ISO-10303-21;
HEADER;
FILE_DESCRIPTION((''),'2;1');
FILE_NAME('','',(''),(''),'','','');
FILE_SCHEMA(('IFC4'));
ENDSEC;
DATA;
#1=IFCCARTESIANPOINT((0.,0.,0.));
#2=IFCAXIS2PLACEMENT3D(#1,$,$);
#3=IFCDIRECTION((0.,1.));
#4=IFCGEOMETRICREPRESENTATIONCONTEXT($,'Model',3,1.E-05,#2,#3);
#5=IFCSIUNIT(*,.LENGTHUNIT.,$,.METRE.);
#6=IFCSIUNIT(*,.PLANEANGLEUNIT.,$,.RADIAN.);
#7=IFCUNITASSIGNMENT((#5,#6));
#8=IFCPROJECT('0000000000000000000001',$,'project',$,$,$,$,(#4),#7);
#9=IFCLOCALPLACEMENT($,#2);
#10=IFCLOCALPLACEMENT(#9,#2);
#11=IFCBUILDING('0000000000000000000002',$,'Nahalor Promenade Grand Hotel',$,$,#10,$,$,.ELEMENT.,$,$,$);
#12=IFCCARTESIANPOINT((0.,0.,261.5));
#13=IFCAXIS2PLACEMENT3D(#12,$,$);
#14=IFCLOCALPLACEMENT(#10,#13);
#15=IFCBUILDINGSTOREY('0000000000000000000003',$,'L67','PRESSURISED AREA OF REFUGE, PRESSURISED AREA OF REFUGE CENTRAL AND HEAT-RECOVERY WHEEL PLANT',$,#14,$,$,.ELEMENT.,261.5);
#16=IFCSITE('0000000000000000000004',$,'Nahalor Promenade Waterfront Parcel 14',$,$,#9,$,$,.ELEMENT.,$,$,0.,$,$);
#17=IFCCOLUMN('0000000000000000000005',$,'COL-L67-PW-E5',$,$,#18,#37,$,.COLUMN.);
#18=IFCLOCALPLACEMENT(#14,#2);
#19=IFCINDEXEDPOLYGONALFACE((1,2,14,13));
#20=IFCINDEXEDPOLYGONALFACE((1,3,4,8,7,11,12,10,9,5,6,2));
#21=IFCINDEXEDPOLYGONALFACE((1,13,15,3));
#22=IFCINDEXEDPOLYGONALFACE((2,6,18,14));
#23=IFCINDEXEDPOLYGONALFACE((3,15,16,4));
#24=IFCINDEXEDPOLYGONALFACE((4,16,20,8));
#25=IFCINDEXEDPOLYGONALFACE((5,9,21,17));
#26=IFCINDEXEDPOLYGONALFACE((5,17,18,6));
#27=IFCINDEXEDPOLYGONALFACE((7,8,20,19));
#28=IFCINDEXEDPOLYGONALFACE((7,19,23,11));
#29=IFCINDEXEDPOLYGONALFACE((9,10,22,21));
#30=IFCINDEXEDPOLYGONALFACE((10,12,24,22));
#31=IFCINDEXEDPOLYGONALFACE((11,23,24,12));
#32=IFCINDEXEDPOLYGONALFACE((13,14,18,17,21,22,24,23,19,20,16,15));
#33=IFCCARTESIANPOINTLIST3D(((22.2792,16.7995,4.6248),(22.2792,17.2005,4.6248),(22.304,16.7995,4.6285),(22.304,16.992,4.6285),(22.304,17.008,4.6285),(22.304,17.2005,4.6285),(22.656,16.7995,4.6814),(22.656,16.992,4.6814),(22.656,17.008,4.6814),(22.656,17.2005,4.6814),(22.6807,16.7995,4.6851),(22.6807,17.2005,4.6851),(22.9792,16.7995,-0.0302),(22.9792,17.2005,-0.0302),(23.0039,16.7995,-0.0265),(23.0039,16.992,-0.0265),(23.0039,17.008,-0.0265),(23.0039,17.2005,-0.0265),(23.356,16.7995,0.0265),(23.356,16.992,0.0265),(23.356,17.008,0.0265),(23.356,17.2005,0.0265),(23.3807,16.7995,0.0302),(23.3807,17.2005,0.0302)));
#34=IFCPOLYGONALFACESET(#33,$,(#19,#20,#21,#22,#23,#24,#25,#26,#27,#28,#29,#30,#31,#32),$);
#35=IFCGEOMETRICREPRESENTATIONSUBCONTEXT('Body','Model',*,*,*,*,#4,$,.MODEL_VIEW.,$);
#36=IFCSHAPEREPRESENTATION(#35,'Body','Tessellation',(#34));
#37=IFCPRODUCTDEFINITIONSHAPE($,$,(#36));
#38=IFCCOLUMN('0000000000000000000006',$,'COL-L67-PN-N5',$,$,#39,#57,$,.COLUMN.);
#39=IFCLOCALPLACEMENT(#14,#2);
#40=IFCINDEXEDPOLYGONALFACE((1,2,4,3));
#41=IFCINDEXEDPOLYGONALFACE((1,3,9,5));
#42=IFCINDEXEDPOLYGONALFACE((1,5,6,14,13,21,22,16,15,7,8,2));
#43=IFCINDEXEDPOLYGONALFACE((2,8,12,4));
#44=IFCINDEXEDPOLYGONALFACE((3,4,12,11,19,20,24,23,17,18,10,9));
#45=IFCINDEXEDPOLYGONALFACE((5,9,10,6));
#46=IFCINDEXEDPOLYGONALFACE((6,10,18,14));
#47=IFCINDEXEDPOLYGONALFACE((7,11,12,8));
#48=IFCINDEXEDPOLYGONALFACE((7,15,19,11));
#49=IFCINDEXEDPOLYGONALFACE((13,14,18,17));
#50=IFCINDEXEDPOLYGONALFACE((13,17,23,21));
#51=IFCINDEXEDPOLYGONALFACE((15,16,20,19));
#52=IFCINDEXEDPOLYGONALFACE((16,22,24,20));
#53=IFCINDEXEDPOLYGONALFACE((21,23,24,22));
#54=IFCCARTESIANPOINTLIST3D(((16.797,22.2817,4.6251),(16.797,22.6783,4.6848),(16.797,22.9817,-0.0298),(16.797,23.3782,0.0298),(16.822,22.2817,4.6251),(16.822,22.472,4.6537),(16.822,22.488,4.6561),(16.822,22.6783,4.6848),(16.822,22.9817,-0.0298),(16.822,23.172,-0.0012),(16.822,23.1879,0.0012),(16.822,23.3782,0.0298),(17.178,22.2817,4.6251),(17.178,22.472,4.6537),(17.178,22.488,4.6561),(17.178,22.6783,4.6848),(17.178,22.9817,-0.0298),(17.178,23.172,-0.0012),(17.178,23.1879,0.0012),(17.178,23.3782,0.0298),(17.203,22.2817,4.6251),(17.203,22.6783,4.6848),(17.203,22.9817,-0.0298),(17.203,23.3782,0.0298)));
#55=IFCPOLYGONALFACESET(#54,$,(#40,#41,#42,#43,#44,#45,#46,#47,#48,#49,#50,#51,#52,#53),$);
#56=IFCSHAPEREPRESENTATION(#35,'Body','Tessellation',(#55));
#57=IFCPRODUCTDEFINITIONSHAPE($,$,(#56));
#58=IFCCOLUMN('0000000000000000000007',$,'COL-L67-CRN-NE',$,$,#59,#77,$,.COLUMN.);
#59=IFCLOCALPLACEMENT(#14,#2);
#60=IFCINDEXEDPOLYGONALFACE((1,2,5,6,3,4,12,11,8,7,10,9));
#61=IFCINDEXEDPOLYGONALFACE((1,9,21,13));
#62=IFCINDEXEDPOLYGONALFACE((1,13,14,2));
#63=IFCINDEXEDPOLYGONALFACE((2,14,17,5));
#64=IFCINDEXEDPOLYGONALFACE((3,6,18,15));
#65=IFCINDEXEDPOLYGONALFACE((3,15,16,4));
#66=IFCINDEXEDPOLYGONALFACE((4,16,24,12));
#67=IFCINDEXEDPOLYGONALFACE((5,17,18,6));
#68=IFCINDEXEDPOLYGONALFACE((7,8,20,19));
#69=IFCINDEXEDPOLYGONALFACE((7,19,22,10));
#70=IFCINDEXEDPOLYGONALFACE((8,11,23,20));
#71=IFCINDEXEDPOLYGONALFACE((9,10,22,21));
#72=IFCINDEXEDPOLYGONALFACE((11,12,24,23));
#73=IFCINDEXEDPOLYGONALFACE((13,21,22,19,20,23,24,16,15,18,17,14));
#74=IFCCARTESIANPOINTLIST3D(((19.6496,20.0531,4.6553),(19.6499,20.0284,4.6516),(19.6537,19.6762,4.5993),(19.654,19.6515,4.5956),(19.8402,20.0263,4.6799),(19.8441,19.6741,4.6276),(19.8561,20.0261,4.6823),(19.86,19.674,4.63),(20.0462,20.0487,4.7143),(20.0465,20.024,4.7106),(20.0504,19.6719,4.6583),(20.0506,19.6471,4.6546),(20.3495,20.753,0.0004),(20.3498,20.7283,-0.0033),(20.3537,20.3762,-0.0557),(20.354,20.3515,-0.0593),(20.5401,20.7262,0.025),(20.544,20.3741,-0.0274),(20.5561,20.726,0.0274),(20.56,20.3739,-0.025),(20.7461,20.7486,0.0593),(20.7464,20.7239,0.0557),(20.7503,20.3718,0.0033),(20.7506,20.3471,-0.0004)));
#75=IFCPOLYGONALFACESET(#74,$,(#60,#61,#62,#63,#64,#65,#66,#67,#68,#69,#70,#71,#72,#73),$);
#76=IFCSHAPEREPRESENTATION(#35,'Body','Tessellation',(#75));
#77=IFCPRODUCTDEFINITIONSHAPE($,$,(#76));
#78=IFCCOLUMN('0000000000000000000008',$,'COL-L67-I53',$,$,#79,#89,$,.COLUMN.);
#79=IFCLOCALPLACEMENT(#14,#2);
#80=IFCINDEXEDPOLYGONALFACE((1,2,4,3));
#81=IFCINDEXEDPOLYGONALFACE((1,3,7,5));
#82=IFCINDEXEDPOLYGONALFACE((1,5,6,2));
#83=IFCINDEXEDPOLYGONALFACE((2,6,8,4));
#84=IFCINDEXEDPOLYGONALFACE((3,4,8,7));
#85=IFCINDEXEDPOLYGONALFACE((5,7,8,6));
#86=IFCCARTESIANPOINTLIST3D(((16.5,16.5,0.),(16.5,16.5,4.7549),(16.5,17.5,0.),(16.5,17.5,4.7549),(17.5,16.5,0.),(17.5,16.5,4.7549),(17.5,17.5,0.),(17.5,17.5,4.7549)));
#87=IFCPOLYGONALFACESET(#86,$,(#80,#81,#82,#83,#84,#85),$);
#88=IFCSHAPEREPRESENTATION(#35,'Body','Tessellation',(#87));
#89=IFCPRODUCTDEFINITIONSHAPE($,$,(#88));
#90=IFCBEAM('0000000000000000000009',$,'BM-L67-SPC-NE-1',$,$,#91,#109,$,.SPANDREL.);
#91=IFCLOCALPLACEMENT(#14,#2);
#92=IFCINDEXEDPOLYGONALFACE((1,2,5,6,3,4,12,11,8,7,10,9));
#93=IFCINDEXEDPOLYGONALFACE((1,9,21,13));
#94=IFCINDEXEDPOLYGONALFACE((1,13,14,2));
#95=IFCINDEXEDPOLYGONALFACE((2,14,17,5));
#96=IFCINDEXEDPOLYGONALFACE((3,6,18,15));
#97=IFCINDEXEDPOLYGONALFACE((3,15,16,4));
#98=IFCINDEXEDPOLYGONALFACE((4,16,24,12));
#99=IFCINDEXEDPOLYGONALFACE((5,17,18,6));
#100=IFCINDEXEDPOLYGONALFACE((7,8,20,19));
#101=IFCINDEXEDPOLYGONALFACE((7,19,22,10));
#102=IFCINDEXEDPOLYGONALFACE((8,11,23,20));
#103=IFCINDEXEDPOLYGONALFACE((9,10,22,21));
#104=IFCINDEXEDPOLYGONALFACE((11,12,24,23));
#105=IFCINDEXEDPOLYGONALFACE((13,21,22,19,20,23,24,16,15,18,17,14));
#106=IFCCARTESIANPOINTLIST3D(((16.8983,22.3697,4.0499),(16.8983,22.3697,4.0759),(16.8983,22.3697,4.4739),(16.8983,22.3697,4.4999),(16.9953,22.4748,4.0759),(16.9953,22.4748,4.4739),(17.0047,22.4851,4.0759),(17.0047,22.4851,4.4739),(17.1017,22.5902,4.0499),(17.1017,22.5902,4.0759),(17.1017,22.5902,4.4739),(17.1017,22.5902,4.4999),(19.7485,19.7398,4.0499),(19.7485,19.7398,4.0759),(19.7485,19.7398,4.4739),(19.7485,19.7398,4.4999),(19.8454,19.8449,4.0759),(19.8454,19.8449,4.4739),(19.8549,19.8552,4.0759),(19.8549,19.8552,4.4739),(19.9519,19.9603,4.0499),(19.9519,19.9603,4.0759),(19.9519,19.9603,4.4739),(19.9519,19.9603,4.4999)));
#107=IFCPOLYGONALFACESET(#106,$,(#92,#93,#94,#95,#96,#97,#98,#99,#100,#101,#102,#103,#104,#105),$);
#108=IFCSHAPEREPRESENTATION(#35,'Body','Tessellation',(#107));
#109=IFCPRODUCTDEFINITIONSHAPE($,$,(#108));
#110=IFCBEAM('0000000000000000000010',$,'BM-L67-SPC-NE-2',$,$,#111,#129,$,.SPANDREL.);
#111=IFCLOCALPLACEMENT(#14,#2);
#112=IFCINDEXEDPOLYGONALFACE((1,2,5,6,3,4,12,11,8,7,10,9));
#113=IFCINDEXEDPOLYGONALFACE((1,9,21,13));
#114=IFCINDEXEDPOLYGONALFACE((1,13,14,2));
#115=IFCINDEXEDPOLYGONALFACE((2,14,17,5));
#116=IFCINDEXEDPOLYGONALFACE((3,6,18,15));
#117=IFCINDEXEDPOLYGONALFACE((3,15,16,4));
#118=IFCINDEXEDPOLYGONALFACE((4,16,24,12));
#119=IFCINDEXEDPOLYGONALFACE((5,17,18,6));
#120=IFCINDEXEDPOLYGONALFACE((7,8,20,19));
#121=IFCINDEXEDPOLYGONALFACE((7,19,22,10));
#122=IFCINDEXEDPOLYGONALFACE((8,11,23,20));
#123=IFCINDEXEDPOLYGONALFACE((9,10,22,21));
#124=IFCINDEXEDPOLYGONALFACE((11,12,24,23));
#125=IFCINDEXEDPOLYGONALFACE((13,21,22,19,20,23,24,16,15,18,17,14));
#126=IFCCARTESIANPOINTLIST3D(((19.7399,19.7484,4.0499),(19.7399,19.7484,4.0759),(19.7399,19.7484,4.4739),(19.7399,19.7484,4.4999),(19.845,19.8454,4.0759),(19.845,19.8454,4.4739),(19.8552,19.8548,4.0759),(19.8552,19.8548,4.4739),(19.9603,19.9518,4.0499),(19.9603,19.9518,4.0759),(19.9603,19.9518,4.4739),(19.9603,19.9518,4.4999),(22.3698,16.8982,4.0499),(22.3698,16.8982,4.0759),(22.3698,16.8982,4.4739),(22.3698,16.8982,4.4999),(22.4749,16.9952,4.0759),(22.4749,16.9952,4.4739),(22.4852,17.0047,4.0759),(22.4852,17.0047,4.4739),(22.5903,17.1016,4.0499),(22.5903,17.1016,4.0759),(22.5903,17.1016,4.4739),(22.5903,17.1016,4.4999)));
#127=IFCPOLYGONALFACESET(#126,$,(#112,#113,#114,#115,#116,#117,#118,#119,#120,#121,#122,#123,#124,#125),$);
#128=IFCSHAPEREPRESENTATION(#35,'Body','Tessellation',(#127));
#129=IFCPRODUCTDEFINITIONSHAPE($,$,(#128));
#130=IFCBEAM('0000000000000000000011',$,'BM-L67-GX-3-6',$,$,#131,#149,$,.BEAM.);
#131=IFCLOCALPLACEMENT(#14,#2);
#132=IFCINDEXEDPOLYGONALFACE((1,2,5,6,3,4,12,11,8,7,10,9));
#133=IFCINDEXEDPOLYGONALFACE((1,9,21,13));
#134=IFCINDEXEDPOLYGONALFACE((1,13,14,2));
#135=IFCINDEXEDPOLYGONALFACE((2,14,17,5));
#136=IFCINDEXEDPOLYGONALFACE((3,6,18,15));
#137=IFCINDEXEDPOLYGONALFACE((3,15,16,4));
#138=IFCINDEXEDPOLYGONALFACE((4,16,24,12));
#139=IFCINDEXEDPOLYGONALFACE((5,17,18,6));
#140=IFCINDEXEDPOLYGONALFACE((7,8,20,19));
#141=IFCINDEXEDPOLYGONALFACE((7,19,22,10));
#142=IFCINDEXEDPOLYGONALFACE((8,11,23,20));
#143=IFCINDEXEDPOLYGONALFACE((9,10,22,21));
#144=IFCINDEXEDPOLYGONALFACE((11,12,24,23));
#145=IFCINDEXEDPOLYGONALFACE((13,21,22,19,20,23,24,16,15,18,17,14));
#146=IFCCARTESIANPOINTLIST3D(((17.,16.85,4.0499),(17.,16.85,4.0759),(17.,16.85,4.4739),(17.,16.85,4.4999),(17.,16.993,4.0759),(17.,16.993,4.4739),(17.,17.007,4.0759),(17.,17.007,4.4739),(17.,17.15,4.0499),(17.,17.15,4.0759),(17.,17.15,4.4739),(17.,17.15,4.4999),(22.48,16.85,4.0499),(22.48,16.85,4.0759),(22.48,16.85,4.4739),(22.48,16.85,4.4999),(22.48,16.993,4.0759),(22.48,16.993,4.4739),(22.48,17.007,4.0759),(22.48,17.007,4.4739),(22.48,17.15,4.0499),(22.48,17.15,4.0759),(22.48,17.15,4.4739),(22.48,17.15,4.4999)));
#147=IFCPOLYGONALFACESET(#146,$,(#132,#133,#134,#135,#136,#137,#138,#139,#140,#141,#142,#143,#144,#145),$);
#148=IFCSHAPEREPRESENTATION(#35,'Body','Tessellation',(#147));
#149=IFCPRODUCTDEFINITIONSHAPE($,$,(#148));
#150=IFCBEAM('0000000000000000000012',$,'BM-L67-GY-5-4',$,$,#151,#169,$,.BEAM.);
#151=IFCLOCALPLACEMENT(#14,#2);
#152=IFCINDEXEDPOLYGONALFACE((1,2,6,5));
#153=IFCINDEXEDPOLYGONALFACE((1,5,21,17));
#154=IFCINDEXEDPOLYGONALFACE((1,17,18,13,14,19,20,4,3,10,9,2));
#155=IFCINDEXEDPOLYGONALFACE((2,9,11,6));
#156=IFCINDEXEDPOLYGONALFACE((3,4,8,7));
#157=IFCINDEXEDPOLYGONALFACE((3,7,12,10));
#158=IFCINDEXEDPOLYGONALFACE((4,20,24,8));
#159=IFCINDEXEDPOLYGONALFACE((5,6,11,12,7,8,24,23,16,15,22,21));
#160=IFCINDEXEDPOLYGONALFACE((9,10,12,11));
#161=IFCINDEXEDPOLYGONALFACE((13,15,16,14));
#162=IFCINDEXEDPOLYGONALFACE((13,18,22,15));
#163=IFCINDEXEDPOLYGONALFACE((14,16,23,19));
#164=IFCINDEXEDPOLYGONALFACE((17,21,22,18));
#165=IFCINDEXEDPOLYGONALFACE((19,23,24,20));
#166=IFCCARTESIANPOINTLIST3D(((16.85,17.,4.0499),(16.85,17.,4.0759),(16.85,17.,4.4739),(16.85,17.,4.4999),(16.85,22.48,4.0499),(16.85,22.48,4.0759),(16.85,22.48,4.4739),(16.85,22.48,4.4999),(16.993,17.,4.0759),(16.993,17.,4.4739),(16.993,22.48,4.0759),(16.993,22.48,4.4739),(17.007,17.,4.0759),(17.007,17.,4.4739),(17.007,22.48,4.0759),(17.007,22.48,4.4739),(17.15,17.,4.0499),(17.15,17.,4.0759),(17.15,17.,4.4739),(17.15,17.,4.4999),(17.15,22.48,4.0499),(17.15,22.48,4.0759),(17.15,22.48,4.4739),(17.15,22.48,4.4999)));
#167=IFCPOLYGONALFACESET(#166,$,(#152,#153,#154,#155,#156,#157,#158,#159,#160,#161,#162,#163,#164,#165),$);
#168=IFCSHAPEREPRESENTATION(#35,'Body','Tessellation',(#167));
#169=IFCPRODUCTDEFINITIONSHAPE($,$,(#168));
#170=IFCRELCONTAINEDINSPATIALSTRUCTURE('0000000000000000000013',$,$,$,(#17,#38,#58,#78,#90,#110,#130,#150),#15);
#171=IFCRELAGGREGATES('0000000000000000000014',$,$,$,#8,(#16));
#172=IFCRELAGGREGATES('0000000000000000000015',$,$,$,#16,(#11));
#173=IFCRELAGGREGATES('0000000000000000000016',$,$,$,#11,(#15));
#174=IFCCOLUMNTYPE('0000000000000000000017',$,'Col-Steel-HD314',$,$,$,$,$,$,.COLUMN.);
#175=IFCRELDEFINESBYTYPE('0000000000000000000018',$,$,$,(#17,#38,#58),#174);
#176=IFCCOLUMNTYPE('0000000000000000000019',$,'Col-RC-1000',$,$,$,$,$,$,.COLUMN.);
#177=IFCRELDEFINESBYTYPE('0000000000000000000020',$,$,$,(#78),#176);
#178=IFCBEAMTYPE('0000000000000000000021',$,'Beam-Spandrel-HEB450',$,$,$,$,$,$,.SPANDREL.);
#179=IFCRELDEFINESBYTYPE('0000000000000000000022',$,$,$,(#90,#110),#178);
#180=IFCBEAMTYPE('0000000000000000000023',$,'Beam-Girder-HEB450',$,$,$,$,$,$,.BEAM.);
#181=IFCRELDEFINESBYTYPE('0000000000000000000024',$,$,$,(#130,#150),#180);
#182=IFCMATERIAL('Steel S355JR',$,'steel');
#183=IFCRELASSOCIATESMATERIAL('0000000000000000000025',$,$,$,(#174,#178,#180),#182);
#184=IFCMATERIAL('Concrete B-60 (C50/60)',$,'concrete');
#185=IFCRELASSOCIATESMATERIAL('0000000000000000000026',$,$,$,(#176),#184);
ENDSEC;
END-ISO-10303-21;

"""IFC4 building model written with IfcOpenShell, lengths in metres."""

from ifc_helpers import new_model, si_unit, direction, frame, origin, origin_2d, place, context, subcontext, project, spatial, rectangle, i_section, extrude, source, transform, mapped, material, material_profile, profile_set, type_object, element, save


model = new_model("IFC4")

# Units and contexts
model_context = context("Model", 3, precision=1e-05, world=origin(), true_north=direction((0.0, 1.0)))
body_context = subcontext(model_context, "Body", "Model", "MODEL_VIEW")
ifc_project = project(units=[si_unit("LENGTHUNIT", "METRE"), si_unit("PLANEANGLEUNIT", "RADIAN")], contexts=[model_context])

# Site, building, storey
site_placement = place(None, origin())
site = spatial("IfcSite", under=ifc_project, at=site_placement, Name="Nahalor Promenade Waterfront Parcel 14", CompositionType="ELEMENT", RefElevation=0.0)
building_placement = place(site_placement, origin())
building = spatial("IfcBuilding", under=site, at=building_placement, Name="Nahalor Promenade Grand Hotel", CompositionType="ELEMENT")
storey_placement = place(building_placement, frame((0.0, 0.0, 261.5)))
storey = spatial("IfcBuildingStorey", under=building, at=storey_placement, Name="L67", Description="PRESSURISED AREA OF REFUGE, PRESSURISED AREA OF REFUGE CENTRAL AND HEAT-RECOVERY WHEEL PLANT", CompositionType="ELEMENT", Elevation=261.5)

# Columns
ifc_material_1 = material(Name="Steel S355JR", Category="steel")
ifc_material_profile_1 = material_profile(ifc_material_1, i_section(OverallWidth=0.401, OverallDepth=0.406, WebThickness=0.0161, FlangeThickness=0.025, at=origin_2d()), Name="HD 400x314")
ifc_profile_set_1 = profile_set([ifc_material_profile_1], Name="Steel S355JR")
column_type_1 = type_object("IfcColumnType", Name="Col-Steel-HD314", PredefinedType="COLUMN", material=ifc_profile_set_1)
shared_shape_1 = source(origin(), body_context, "Body", "SweptSolid", [
    extrude(i_section(OverallWidth=0.401, OverallDepth=0.406, WebThickness=0.0161, FlangeThickness=0.025, at=origin_2d()), origin(), (0.0, 0.0, 1.0), 4.7073),
])
for number, where, z_axis, x_axis, name in (
    (1, (23.1799, 17.0, 0.0), (-0.148693, 0.0, 0.988883), (0.0, -1.0, 0.0), "COL-L67-PW-E5"),
    (2, (17.0, 23.1799, 0.0), (0.0, -0.148693, 0.988883), (0.0, 0.988883, 0.148693), "COL-L67-PN-N5"),
):
    element("IfcColumn", number, at=place(storey_placement, frame(where, z_axis=z_axis, x_axis=x_axis)), inside=storey, type_object=column_type_1, Name=name, PredefinedType="COLUMN", context=body_context, shape_type="MappedRepresentation", body=[
        mapped(shared_shape_1, transform((0.0, 0.0, 0.0), scale=1.0)),
    ])
shared_shape_2 = source(origin(), body_context, "Body", "SweptSolid", [
    extrude(i_section(OverallWidth=0.401, OverallDepth=0.406, WebThickness=0.0161, FlangeThickness=0.025, at=origin_2d()), origin(), (0.0, 0.0, 1.0), 4.759),
])
column_1_placement = place(storey_placement, frame((20.55, 20.55, 0.0), z_axis=(-0.147076, -0.147076, 0.97813), x_axis=(0.989065, -0.010935, 0.147076)))
element("IfcColumn", 3, at=column_1_placement, inside=storey, type_object=column_type_1, Name="COL-L67-CRN-NE", PredefinedType="COLUMN", context=body_context, shape_type="MappedRepresentation", body=[
    mapped(shared_shape_2, transform((0.0, 0.0, 0.0), scale=1.0)),
])
ifc_material_2 = material(Name="Concrete B-60 (C50/60)", Category="concrete")
ifc_material_profile_2 = material_profile(ifc_material_2, rectangle(XDim=1.0, YDim=1.0, at=origin_2d()), Name="RC 1000x1000")
ifc_profile_set_2 = profile_set([ifc_material_profile_2], Name="Concrete B-60 (C50/60)")
column_type_2 = type_object("IfcColumnType", Name="Col-RC-1000", PredefinedType="COLUMN", material=ifc_profile_set_2)
shared_shape_3 = source(origin(), body_context, "Body", "SweptSolid", [
    extrude(rectangle(XDim=1.0, YDim=1.0, at=origin_2d()), origin(), (0.0, 0.0, 1.0), 4.7549),
])
column_2_placement = place(storey_placement, frame((17.0, 17.0, 0.0), z_axis=(0.0, 0.0, 1.0), x_axis=(1.0, 0.0, 0.0)))
element("IfcColumn", 4, at=column_2_placement, inside=storey, type_object=column_type_2, Name="COL-L67-I53", PredefinedType="COLUMN", context=body_context, shape_type="MappedRepresentation", body=[
    mapped(shared_shape_3, transform((0.0, 0.0, 0.0), scale=1.0)),
])

# Beams
ifc_material_profile_3 = material_profile(ifc_material_1, i_section(OverallWidth=0.3, OverallDepth=0.45, WebThickness=0.014, FlangeThickness=0.026, at=origin_2d()), Name="HEB 450")
ifc_profile_set_3 = profile_set([ifc_material_profile_3], Name="Steel S355JR")
beam_type_1 = type_object("IfcBeamType", Name="Beam-Spandrel-HEB450", PredefinedType="SPANDREL", material=ifc_profile_set_3)
shared_shape_4 = source(origin(), body_context, "Body", "SweptSolid", [
    extrude(i_section(OverallWidth=0.3, OverallDepth=0.45, WebThickness=0.014, FlangeThickness=0.026, at=origin_2d()), origin(), (0.0, 0.0, 1.0), 3.8782),
])
for number, where, z_axis, x_axis, name in (
    (5, (17.0, 22.48, 4.2749), (0.734929, -0.678144, 0.0), (0.678144, 0.734929, 0.0), "BM-L67-SPC-NE-1"),
    (6, (19.8501, 19.8501, 4.2749), (0.678144, -0.734929, 0.0), (0.734929, 0.678144, 0.0), "BM-L67-SPC-NE-2"),
):
    element("IfcBeam", number, at=place(storey_placement, frame(where, z_axis=z_axis, x_axis=x_axis)), inside=storey, type_object=beam_type_1, Name=name, PredefinedType="SPANDREL", context=body_context, shape_type="MappedRepresentation", body=[
        mapped(shared_shape_4, transform((0.0, 0.0, 0.0), scale=1.0)),
    ])
ifc_material_profile_4 = material_profile(ifc_material_1, i_section(OverallWidth=0.3, OverallDepth=0.45, WebThickness=0.014, FlangeThickness=0.026, at=origin_2d()), Name="HEB 450")
ifc_profile_set_4 = profile_set([ifc_material_profile_4], Name="Steel S355JR")
beam_type_2 = type_object("IfcBeamType", Name="Beam-Girder-HEB450", PredefinedType="BEAM", material=ifc_profile_set_4)
shared_shape_5 = source(origin(), body_context, "Body", "SweptSolid", [
    extrude(i_section(OverallWidth=0.3, OverallDepth=0.45, WebThickness=0.014, FlangeThickness=0.026, at=origin_2d()), origin(), (0.0, 0.0, 1.0), 5.48),
])
for number, where, z_axis, x_axis, name in (
    (7, (17.0, 17.0, 4.2749), (1.0, 0.0, 0.0), (0.0, 1.0, 0.0), "BM-L67-GX-3-6"),
    (8, (17.0, 17.0, 4.2749), (0.0, 1.0, 0.0), (-1.0, 0.0, 0.0), "BM-L67-GY-5-4"),
):
    element("IfcBeam", number, at=place(storey_placement, frame(where, z_axis=z_axis, x_axis=x_axis)), inside=storey, type_object=beam_type_2, Name=name, PredefinedType="BEAM", context=body_context, shape_type="MappedRepresentation", body=[
        mapped(shared_shape_5, transform((0.0, 0.0, 0.0), scale=1.0)),
    ])

save(model, "model.ifc")
